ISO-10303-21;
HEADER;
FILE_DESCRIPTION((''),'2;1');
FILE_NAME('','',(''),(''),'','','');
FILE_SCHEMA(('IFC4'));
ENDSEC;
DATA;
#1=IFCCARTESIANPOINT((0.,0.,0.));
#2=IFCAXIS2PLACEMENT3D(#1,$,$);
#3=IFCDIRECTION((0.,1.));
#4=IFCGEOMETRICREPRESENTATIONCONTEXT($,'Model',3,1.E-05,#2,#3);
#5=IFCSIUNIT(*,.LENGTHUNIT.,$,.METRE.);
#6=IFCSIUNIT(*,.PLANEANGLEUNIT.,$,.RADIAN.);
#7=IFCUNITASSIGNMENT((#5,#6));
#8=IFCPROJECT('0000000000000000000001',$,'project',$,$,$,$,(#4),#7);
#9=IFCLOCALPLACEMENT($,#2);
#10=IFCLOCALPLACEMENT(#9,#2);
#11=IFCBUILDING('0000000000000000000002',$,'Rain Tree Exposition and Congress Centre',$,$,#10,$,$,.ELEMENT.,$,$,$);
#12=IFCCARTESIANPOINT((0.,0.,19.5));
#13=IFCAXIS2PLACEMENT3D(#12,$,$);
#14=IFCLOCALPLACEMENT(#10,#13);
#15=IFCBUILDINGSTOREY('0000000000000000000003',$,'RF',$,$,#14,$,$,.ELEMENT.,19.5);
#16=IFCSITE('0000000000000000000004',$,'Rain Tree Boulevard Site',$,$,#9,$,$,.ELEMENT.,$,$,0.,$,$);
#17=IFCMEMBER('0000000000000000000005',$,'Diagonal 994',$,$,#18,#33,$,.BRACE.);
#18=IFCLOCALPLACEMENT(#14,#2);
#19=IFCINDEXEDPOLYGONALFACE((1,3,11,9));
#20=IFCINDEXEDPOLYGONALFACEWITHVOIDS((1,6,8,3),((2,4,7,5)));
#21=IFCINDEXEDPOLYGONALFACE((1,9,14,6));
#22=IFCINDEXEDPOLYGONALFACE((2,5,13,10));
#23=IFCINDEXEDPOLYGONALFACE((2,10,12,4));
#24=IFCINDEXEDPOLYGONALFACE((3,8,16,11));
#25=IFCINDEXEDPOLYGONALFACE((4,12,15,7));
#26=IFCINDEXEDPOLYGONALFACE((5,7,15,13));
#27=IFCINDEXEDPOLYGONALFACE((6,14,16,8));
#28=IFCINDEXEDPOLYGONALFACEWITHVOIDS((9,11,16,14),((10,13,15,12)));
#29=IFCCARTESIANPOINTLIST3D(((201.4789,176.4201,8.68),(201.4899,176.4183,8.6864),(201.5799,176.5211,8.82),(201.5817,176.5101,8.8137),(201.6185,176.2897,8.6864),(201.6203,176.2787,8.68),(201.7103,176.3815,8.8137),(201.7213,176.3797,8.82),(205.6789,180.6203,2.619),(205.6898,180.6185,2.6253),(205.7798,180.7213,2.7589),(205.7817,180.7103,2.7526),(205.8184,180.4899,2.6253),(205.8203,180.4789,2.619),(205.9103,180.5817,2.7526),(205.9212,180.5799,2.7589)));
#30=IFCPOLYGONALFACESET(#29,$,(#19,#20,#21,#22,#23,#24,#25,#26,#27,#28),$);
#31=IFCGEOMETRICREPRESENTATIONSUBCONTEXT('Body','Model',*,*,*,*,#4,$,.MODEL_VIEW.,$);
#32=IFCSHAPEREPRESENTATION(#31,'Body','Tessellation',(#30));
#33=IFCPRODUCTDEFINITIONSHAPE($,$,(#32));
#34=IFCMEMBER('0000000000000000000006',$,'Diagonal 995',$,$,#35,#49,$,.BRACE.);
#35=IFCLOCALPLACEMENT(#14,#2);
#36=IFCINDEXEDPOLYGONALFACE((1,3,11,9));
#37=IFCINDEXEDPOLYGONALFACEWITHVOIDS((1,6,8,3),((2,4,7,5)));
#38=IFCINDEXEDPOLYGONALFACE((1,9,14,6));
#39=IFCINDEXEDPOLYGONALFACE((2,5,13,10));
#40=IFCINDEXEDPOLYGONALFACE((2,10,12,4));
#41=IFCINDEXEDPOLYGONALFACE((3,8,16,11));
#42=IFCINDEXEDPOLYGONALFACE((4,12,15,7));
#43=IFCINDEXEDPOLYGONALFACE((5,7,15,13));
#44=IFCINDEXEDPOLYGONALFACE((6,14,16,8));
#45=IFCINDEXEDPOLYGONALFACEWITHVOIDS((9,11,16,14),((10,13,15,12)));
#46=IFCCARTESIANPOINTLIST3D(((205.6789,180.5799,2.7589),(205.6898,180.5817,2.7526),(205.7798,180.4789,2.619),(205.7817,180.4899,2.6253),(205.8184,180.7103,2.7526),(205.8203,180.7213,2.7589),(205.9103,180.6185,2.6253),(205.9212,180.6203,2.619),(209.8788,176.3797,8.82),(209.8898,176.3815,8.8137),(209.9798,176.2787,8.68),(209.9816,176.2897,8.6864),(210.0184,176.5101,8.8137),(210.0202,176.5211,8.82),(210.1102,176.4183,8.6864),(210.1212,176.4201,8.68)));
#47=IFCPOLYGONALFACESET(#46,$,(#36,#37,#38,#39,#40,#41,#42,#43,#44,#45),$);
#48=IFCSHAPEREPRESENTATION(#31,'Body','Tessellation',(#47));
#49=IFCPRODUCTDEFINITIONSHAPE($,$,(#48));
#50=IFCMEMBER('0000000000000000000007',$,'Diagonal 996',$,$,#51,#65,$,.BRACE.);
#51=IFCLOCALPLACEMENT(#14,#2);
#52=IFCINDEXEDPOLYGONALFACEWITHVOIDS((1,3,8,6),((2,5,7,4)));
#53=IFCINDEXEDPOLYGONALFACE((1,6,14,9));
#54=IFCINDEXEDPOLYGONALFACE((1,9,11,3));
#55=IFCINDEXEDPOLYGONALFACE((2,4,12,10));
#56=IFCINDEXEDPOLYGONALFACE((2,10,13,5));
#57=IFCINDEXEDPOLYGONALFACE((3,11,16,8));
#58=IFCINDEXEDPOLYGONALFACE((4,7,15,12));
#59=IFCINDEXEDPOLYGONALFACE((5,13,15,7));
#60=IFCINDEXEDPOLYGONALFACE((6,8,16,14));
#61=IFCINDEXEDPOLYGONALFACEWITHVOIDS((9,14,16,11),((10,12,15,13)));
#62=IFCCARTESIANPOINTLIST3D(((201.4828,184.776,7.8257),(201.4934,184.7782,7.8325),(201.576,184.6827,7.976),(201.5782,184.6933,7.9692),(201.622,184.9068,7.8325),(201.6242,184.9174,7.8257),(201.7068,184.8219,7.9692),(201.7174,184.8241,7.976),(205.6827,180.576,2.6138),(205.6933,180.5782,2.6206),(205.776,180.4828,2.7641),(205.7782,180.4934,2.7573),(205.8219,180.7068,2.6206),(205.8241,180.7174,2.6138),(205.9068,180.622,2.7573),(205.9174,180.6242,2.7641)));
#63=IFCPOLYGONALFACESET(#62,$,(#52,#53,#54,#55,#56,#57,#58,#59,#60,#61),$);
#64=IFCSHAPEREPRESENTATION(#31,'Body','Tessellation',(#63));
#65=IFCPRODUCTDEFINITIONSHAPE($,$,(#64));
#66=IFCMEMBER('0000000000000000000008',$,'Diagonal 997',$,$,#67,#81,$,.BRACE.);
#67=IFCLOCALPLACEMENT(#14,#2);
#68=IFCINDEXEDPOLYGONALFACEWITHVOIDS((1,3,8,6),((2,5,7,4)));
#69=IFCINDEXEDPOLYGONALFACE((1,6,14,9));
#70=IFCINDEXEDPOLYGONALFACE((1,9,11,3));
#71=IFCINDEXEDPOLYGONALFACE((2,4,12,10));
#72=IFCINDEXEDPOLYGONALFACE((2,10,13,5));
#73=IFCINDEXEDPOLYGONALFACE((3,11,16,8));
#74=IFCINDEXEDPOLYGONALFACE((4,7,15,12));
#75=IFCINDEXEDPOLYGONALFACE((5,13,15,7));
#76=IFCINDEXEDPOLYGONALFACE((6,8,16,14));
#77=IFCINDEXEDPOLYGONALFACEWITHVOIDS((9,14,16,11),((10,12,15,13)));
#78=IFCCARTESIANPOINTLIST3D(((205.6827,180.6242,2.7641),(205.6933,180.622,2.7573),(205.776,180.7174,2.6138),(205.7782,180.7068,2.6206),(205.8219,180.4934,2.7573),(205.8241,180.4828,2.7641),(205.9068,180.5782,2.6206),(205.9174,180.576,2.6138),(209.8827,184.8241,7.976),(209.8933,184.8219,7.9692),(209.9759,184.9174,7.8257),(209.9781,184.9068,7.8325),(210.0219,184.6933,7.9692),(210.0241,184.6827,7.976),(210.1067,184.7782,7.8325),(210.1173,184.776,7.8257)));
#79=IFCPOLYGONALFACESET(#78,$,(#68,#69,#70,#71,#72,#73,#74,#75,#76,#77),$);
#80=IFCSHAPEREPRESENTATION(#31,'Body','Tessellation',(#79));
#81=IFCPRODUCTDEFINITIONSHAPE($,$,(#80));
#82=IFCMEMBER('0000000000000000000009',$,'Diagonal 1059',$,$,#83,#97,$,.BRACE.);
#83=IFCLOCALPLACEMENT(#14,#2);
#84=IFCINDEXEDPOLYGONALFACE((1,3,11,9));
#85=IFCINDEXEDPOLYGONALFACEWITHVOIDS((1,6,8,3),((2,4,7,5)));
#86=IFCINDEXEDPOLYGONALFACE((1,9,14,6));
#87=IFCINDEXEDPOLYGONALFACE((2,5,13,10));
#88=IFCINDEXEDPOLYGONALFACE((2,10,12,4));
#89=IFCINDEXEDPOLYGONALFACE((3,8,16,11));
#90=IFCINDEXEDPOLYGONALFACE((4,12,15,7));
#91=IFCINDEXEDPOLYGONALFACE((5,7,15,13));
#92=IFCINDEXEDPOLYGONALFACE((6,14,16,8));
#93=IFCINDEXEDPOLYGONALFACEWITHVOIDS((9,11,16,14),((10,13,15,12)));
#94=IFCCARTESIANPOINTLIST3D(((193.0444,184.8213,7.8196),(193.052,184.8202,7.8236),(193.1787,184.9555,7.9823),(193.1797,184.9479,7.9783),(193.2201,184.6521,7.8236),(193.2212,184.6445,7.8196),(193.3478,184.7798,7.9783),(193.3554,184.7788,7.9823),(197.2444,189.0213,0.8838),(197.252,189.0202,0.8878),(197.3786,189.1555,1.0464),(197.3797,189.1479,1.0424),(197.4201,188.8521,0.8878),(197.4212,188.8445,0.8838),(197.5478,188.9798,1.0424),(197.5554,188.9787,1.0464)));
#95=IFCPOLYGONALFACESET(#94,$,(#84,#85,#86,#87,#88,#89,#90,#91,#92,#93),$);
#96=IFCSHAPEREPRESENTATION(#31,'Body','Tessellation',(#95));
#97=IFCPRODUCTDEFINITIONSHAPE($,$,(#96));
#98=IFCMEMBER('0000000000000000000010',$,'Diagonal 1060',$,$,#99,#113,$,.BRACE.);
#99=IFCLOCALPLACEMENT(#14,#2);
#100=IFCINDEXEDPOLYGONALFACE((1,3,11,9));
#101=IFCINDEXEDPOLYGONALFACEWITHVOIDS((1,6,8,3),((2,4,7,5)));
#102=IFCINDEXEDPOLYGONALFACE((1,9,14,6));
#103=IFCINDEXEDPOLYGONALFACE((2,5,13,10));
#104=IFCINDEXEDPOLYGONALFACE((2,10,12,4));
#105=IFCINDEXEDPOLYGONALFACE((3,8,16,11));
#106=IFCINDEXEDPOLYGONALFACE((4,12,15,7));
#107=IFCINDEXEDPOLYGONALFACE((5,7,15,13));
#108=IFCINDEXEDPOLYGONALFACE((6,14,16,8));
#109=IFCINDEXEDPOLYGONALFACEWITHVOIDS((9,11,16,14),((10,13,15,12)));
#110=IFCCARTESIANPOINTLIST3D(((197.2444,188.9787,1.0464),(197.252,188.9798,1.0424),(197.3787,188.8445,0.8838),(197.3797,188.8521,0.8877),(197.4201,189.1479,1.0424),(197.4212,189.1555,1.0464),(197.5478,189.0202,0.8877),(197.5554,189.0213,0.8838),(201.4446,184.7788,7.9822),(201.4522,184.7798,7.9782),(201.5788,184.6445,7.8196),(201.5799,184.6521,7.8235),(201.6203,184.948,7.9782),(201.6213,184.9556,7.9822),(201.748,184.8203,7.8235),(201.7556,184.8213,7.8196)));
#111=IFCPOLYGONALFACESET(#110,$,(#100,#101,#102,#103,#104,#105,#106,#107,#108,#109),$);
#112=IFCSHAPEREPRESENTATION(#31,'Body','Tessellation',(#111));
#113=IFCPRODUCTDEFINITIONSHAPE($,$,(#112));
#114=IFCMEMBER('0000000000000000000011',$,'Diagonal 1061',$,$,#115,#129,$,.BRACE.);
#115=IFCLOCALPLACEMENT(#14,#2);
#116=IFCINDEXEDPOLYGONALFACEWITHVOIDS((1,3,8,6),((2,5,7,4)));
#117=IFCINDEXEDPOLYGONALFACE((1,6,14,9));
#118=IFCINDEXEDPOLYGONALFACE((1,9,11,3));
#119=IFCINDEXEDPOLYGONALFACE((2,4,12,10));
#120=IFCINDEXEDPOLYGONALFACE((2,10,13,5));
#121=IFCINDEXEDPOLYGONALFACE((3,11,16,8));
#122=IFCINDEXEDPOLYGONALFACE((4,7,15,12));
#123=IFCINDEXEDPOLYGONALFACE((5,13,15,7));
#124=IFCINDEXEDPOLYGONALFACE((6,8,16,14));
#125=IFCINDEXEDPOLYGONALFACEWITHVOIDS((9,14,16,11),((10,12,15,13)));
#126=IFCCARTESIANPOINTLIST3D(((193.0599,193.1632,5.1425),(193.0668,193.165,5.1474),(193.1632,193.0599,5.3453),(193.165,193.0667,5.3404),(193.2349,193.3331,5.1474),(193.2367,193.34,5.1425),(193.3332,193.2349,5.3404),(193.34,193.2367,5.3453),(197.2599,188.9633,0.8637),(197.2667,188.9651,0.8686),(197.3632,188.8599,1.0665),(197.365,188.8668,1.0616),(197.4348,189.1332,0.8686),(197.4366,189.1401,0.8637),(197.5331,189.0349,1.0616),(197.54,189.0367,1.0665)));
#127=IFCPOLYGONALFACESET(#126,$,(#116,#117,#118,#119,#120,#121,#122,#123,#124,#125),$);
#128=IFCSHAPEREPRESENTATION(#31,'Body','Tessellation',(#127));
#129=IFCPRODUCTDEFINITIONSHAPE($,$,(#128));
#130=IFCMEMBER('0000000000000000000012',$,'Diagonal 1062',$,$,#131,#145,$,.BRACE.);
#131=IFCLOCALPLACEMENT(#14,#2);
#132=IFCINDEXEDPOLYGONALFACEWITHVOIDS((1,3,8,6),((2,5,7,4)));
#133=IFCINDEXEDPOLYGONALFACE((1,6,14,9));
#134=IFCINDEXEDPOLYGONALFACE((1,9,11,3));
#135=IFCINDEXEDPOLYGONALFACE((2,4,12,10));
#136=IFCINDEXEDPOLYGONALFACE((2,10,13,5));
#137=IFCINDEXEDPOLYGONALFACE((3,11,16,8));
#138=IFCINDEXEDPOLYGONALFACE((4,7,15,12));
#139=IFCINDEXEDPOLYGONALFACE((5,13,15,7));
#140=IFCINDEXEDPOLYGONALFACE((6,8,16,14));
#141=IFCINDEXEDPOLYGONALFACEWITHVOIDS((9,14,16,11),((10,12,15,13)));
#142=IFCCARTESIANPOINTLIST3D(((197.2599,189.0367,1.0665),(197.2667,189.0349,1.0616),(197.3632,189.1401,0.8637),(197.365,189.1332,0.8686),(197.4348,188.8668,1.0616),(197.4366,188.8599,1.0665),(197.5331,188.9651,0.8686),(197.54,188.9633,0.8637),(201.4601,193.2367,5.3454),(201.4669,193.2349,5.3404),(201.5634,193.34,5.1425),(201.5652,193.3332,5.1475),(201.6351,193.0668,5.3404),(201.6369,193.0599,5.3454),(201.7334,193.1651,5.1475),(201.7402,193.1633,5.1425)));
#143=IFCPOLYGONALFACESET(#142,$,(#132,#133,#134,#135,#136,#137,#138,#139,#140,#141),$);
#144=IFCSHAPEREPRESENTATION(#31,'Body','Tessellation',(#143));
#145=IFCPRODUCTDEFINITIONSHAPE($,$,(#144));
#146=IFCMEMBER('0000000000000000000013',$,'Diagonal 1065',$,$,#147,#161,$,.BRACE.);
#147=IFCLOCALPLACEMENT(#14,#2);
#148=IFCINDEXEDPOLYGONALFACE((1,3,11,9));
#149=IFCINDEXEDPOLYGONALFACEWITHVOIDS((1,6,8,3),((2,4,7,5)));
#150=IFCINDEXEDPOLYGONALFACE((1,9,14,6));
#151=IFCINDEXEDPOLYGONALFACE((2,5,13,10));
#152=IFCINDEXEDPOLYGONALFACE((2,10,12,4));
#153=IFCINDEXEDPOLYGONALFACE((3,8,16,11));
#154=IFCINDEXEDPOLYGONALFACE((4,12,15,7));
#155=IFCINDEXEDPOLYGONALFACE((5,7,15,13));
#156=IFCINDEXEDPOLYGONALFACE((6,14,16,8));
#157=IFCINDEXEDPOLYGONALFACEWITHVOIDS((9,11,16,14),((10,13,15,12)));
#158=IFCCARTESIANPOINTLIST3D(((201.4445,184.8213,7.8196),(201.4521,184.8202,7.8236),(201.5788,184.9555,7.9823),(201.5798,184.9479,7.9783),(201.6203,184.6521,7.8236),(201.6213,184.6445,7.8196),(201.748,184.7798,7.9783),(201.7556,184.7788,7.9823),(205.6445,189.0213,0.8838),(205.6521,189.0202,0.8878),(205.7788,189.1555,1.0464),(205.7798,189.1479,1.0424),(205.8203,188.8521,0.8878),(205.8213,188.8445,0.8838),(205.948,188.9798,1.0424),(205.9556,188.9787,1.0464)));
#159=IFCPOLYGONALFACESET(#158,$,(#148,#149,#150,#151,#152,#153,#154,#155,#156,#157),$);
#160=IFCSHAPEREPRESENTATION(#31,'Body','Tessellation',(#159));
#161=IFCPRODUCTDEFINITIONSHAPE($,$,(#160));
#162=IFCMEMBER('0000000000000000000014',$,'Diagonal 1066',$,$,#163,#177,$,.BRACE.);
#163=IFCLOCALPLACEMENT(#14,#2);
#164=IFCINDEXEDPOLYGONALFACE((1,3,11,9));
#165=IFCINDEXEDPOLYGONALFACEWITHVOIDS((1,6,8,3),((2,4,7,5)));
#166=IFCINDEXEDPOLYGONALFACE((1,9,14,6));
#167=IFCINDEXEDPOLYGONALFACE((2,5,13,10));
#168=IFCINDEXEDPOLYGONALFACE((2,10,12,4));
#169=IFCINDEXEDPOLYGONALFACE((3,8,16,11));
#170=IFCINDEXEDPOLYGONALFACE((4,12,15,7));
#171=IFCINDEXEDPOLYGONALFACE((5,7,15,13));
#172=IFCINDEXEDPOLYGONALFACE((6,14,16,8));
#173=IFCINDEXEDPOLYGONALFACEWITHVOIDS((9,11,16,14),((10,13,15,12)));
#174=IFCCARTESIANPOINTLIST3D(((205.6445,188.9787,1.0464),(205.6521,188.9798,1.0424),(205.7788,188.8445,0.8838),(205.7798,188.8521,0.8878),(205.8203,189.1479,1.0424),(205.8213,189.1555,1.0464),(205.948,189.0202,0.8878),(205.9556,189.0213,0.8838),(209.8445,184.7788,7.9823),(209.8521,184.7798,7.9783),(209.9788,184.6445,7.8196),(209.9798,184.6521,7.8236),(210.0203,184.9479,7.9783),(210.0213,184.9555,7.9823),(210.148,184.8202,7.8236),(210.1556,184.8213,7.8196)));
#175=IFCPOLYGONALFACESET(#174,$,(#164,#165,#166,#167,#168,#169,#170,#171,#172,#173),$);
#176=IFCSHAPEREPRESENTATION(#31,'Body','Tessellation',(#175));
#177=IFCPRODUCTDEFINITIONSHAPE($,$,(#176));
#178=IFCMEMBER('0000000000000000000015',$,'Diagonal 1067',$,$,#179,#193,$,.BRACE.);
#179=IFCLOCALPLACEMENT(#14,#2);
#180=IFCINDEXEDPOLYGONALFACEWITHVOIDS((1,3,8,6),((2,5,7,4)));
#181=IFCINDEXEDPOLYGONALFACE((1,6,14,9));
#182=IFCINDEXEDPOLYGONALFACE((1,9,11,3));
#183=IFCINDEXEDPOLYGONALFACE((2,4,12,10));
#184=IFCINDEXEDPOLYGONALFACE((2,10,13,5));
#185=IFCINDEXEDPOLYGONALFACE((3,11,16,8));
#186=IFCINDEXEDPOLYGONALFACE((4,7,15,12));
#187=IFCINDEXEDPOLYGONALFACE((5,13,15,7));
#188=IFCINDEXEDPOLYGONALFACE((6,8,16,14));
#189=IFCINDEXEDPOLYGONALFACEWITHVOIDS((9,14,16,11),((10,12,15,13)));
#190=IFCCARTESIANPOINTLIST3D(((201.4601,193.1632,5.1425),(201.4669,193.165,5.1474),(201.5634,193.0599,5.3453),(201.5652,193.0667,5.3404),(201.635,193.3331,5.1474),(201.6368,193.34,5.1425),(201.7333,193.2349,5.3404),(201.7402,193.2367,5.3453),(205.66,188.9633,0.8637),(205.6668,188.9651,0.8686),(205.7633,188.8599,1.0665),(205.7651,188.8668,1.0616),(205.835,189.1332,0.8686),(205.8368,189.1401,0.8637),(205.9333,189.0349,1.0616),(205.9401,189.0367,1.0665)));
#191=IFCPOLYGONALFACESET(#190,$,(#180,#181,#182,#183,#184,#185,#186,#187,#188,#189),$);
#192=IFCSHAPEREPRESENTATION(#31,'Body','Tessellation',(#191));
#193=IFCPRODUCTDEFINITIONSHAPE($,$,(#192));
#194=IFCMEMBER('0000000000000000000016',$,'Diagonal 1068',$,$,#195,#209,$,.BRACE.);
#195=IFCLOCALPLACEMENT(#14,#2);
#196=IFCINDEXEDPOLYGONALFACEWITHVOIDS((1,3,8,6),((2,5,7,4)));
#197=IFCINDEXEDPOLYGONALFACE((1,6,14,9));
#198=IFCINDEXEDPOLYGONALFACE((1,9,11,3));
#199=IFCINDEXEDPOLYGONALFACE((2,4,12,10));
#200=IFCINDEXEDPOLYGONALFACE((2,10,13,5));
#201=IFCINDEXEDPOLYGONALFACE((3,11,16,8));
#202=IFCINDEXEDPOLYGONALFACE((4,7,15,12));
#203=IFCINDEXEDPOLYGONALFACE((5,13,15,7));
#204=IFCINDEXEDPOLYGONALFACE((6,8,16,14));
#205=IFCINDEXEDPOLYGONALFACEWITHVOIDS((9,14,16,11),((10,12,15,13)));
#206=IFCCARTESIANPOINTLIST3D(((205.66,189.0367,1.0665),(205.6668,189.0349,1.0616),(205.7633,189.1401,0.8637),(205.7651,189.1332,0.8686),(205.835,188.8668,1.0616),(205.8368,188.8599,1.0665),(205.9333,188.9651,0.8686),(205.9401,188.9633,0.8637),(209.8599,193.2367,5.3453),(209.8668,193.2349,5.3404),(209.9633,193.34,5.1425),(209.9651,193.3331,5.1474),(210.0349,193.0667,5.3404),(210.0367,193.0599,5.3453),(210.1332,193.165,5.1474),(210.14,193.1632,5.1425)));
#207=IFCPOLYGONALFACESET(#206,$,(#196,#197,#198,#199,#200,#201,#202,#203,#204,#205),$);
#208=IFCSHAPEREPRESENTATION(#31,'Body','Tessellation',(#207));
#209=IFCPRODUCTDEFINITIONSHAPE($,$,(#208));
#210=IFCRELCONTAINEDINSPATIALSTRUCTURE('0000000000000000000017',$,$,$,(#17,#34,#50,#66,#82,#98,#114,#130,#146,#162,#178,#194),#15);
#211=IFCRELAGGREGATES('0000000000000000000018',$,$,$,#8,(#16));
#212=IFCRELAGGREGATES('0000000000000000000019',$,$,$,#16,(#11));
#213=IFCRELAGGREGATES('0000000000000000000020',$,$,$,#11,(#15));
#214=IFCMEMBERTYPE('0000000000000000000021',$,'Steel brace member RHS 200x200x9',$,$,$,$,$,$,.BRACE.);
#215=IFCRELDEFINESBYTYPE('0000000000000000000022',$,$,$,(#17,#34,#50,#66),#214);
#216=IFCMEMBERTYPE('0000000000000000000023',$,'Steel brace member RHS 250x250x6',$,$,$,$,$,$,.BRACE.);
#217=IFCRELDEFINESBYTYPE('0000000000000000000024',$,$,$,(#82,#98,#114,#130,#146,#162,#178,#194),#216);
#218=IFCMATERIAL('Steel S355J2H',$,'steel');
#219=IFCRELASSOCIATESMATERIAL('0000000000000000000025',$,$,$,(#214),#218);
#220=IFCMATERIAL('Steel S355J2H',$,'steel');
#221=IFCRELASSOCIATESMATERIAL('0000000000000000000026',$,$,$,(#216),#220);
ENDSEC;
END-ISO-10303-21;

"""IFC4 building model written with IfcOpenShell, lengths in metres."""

from ifc_helpers import new_model, si_unit, direction, frame, origin, origin_2d, place, context, subcontext, project, spatial, hollow_rectangle, extrude, material, material_profile, profile_set, type_object, element, save


model = new_model("IFC4")

# Units and contexts
model_context = context("Model", 3, precision=1e-05, world=origin(), true_north=direction((0.0, 1.0)))
body_context = subcontext(model_context, "Body", "Model", "MODEL_VIEW")
ifc_project = project(units=[si_unit("LENGTHUNIT", "METRE"), si_unit("PLANEANGLEUNIT", "RADIAN")], contexts=[model_context])

# Site, building, storey
site_placement = place(None, origin())
site = spatial("IfcSite", under=ifc_project, at=site_placement, Name="Rain Tree Boulevard Site", CompositionType="ELEMENT", RefElevation=0.0)
building_placement = place(site_placement, origin())
building = spatial("IfcBuilding", under=site, at=building_placement, Name="Rain Tree Exposition and Congress Centre", CompositionType="ELEMENT")
storey_placement = place(building_placement, frame((0.0, 0.0, 19.5)))
storey = spatial("IfcBuildingStorey", under=building, at=storey_placement, Name="RF", CompositionType="ELEMENT", Elevation=19.5)

# Members
ifc_material_1 = material(Name="Steel S355J2H", Category="steel")
ifc_material_profile_1 = material_profile(ifc_material_1, hollow_rectangle(XDim=0.2, YDim=0.2, WallThickness=0.009, at=origin_2d()), Name="RHS 200x200x9")
ifc_profile_set_1 = profile_set([ifc_material_profile_1], Name="Steel S355J2H")
member_type_1 = type_object("IfcMemberType", Name="Steel brace member RHS 200x200x9", PredefinedType="BRACE", material=ifc_profile_set_1)
for number, where, z_axis, x_axis, name in (
    (1, (205.8, 180.6001, 2.689), (-0.494909, -0.494938, 0.714214), (0.707127, -0.707086, 0.0), "Diagonal 994"),
    (2, (205.8, 180.6001, 2.689), (0.494909, -0.494938, 0.714214), (0.707127, 0.707086, 0.0), "Diagonal 995"),
):
    element("IfcMember", number, at=place(storey_placement, frame(where, z_axis=z_axis, x_axis=x_axis)), inside=storey, type_object=member_type_1, Name=name, PredefinedType="BRACE", context=body_context, shape_type="SweptSolid", body=[
        extrude(hollow_rectangle(XDim=0.2, YDim=0.2, WallThickness=0.009, at=origin_2d()), origin(), (0.0, 0.0, 1.0), 8.4863),
    ])
for number, where, z_axis, x_axis, name in (
    (3, (205.8, 180.6001, 2.689), (-0.531498, 0.531498, 0.65956), (-0.707107, -0.707107, 0.0), "Diagonal 996"),
    (4, (205.8, 180.6001, 2.689), (0.531498, 0.531498, 0.65956), (-0.707107, 0.707107, 0.0), "Diagonal 997"),
):
    element("IfcMember", number, at=place(storey_placement, frame(where, z_axis=z_axis, x_axis=x_axis)), inside=storey, type_object=member_type_1, Name=name, PredefinedType="BRACE", context=body_context, shape_type="SweptSolid", body=[
        extrude(hollow_rectangle(XDim=0.2, YDim=0.2, WallThickness=0.009, at=origin_2d()), origin(), (0.0, 0.0, 1.0), 7.9021),
    ])
ifc_material_2 = material(Name="Steel S355J2H", Category="steel")
ifc_material_profile_2 = material_profile(ifc_material_2, hollow_rectangle(XDim=0.25, YDim=0.25, WallThickness=0.0061, at=origin_2d()), Name="RHS 250x250x6")
ifc_profile_set_2 = profile_set([ifc_material_profile_2], Name="Steel S355J2H")
member_type_2 = type_object("IfcMemberType", Name="Steel brace member RHS 250x250x6", PredefinedType="BRACE", material=ifc_profile_set_2)
for number, where, z_axis, x_axis, name in (
    (5, (197.3999, 189.0, 0.9651), (-0.459941, -0.459941, 0.759545), (0.707107, -0.707107, 0.0), "Diagonal 1059"),
    (6, (197.3999, 189.0, 0.9651), (0.459962, -0.459935, 0.759536), (0.707086, 0.707127, 0.0), "Diagonal 1060"),
):
    element("IfcMember", number, at=place(storey_placement, frame(where, z_axis=z_axis, x_axis=x_axis)), inside=storey, type_object=member_type_2, Name=name, PredefinedType="BRACE", context=body_context, shape_type="SweptSolid", body=[
        extrude(hollow_rectangle(XDim=0.25, YDim=0.25, WallThickness=0.0061, at=origin_2d()), origin(), (0.0, 0.0, 1.0), 9.1316),
    ])
member_1_placement = place(storey_placement, frame((197.3999, 189.0, 0.9651), z_axis=(-0.573737, 0.573737, 0.58451), x_axis=(-0.707107, -0.707107, 0.0)))
element("IfcMember", 7, at=member_1_placement, inside=storey, type_object=member_type_2, Name="Diagonal 1061", PredefinedType="BRACE", context=body_context, shape_type="SweptSolid", body=[
    extrude(hollow_rectangle(XDim=0.25, YDim=0.25, WallThickness=0.0061, at=origin_2d()), origin(), (0.0, 0.0, 1.0), 7.3203),
])
member_2_placement = place(storey_placement, frame((197.3999, 189.0, 0.9651), z_axis=(0.57376, 0.573726, 0.584498), x_axis=(-0.707086, 0.707127, 0.0)))
element("IfcMember", 8, at=member_2_placement, inside=storey, type_object=member_type_2, Name="Diagonal 1062", PredefinedType="BRACE", context=body_context, shape_type="SweptSolid", body=[
    extrude(hollow_rectangle(XDim=0.25, YDim=0.25, WallThickness=0.0061, at=origin_2d()), origin(), (0.0, 0.0, 1.0), 7.3206),
])
for number, where, z_axis, x_axis, name in (
    (9, (205.8, 189.0, 0.9651), (-0.459941, -0.459941, 0.759545), (0.707107, -0.707107, 0.0), "Diagonal 1065"),
    (10, (205.8, 189.0, 0.9651), (0.459941, -0.459941, 0.759545), (0.707107, 0.707107, 0.0), "Diagonal 1066"),
):
    element("IfcMember", number, at=place(storey_placement, frame(where, z_axis=z_axis, x_axis=x_axis)), inside=storey, type_object=member_type_2, Name=name, PredefinedType="BRACE", context=body_context, shape_type="SweptSolid", body=[
        extrude(hollow_rectangle(XDim=0.25, YDim=0.25, WallThickness=0.0061, at=origin_2d()), origin(), (0.0, 0.0, 1.0), 9.1316),
    ])
for number, where, z_axis, x_axis, name in (
    (11, (205.8, 189.0, 0.9651), (-0.573737, 0.573737, 0.58451), (-0.707107, -0.707107, 0.0), "Diagonal 1067"),
    (12, (205.8, 189.0, 0.9651), (0.573737, 0.573737, 0.58451), (-0.707107, 0.707107, 0.0), "Diagonal 1068"),
):
    element("IfcMember", number, at=place(storey_placement, frame(where, z_axis=z_axis, x_axis=x_axis)), inside=storey, type_object=member_type_2, Name=name, PredefinedType="BRACE", context=body_context, shape_type="SweptSolid", body=[
        extrude(hollow_rectangle(XDim=0.25, YDim=0.25, WallThickness=0.0061, at=origin_2d()), origin(), (0.0, 0.0, 1.0), 7.3203),
    ])

save(model, "model.ifc")
